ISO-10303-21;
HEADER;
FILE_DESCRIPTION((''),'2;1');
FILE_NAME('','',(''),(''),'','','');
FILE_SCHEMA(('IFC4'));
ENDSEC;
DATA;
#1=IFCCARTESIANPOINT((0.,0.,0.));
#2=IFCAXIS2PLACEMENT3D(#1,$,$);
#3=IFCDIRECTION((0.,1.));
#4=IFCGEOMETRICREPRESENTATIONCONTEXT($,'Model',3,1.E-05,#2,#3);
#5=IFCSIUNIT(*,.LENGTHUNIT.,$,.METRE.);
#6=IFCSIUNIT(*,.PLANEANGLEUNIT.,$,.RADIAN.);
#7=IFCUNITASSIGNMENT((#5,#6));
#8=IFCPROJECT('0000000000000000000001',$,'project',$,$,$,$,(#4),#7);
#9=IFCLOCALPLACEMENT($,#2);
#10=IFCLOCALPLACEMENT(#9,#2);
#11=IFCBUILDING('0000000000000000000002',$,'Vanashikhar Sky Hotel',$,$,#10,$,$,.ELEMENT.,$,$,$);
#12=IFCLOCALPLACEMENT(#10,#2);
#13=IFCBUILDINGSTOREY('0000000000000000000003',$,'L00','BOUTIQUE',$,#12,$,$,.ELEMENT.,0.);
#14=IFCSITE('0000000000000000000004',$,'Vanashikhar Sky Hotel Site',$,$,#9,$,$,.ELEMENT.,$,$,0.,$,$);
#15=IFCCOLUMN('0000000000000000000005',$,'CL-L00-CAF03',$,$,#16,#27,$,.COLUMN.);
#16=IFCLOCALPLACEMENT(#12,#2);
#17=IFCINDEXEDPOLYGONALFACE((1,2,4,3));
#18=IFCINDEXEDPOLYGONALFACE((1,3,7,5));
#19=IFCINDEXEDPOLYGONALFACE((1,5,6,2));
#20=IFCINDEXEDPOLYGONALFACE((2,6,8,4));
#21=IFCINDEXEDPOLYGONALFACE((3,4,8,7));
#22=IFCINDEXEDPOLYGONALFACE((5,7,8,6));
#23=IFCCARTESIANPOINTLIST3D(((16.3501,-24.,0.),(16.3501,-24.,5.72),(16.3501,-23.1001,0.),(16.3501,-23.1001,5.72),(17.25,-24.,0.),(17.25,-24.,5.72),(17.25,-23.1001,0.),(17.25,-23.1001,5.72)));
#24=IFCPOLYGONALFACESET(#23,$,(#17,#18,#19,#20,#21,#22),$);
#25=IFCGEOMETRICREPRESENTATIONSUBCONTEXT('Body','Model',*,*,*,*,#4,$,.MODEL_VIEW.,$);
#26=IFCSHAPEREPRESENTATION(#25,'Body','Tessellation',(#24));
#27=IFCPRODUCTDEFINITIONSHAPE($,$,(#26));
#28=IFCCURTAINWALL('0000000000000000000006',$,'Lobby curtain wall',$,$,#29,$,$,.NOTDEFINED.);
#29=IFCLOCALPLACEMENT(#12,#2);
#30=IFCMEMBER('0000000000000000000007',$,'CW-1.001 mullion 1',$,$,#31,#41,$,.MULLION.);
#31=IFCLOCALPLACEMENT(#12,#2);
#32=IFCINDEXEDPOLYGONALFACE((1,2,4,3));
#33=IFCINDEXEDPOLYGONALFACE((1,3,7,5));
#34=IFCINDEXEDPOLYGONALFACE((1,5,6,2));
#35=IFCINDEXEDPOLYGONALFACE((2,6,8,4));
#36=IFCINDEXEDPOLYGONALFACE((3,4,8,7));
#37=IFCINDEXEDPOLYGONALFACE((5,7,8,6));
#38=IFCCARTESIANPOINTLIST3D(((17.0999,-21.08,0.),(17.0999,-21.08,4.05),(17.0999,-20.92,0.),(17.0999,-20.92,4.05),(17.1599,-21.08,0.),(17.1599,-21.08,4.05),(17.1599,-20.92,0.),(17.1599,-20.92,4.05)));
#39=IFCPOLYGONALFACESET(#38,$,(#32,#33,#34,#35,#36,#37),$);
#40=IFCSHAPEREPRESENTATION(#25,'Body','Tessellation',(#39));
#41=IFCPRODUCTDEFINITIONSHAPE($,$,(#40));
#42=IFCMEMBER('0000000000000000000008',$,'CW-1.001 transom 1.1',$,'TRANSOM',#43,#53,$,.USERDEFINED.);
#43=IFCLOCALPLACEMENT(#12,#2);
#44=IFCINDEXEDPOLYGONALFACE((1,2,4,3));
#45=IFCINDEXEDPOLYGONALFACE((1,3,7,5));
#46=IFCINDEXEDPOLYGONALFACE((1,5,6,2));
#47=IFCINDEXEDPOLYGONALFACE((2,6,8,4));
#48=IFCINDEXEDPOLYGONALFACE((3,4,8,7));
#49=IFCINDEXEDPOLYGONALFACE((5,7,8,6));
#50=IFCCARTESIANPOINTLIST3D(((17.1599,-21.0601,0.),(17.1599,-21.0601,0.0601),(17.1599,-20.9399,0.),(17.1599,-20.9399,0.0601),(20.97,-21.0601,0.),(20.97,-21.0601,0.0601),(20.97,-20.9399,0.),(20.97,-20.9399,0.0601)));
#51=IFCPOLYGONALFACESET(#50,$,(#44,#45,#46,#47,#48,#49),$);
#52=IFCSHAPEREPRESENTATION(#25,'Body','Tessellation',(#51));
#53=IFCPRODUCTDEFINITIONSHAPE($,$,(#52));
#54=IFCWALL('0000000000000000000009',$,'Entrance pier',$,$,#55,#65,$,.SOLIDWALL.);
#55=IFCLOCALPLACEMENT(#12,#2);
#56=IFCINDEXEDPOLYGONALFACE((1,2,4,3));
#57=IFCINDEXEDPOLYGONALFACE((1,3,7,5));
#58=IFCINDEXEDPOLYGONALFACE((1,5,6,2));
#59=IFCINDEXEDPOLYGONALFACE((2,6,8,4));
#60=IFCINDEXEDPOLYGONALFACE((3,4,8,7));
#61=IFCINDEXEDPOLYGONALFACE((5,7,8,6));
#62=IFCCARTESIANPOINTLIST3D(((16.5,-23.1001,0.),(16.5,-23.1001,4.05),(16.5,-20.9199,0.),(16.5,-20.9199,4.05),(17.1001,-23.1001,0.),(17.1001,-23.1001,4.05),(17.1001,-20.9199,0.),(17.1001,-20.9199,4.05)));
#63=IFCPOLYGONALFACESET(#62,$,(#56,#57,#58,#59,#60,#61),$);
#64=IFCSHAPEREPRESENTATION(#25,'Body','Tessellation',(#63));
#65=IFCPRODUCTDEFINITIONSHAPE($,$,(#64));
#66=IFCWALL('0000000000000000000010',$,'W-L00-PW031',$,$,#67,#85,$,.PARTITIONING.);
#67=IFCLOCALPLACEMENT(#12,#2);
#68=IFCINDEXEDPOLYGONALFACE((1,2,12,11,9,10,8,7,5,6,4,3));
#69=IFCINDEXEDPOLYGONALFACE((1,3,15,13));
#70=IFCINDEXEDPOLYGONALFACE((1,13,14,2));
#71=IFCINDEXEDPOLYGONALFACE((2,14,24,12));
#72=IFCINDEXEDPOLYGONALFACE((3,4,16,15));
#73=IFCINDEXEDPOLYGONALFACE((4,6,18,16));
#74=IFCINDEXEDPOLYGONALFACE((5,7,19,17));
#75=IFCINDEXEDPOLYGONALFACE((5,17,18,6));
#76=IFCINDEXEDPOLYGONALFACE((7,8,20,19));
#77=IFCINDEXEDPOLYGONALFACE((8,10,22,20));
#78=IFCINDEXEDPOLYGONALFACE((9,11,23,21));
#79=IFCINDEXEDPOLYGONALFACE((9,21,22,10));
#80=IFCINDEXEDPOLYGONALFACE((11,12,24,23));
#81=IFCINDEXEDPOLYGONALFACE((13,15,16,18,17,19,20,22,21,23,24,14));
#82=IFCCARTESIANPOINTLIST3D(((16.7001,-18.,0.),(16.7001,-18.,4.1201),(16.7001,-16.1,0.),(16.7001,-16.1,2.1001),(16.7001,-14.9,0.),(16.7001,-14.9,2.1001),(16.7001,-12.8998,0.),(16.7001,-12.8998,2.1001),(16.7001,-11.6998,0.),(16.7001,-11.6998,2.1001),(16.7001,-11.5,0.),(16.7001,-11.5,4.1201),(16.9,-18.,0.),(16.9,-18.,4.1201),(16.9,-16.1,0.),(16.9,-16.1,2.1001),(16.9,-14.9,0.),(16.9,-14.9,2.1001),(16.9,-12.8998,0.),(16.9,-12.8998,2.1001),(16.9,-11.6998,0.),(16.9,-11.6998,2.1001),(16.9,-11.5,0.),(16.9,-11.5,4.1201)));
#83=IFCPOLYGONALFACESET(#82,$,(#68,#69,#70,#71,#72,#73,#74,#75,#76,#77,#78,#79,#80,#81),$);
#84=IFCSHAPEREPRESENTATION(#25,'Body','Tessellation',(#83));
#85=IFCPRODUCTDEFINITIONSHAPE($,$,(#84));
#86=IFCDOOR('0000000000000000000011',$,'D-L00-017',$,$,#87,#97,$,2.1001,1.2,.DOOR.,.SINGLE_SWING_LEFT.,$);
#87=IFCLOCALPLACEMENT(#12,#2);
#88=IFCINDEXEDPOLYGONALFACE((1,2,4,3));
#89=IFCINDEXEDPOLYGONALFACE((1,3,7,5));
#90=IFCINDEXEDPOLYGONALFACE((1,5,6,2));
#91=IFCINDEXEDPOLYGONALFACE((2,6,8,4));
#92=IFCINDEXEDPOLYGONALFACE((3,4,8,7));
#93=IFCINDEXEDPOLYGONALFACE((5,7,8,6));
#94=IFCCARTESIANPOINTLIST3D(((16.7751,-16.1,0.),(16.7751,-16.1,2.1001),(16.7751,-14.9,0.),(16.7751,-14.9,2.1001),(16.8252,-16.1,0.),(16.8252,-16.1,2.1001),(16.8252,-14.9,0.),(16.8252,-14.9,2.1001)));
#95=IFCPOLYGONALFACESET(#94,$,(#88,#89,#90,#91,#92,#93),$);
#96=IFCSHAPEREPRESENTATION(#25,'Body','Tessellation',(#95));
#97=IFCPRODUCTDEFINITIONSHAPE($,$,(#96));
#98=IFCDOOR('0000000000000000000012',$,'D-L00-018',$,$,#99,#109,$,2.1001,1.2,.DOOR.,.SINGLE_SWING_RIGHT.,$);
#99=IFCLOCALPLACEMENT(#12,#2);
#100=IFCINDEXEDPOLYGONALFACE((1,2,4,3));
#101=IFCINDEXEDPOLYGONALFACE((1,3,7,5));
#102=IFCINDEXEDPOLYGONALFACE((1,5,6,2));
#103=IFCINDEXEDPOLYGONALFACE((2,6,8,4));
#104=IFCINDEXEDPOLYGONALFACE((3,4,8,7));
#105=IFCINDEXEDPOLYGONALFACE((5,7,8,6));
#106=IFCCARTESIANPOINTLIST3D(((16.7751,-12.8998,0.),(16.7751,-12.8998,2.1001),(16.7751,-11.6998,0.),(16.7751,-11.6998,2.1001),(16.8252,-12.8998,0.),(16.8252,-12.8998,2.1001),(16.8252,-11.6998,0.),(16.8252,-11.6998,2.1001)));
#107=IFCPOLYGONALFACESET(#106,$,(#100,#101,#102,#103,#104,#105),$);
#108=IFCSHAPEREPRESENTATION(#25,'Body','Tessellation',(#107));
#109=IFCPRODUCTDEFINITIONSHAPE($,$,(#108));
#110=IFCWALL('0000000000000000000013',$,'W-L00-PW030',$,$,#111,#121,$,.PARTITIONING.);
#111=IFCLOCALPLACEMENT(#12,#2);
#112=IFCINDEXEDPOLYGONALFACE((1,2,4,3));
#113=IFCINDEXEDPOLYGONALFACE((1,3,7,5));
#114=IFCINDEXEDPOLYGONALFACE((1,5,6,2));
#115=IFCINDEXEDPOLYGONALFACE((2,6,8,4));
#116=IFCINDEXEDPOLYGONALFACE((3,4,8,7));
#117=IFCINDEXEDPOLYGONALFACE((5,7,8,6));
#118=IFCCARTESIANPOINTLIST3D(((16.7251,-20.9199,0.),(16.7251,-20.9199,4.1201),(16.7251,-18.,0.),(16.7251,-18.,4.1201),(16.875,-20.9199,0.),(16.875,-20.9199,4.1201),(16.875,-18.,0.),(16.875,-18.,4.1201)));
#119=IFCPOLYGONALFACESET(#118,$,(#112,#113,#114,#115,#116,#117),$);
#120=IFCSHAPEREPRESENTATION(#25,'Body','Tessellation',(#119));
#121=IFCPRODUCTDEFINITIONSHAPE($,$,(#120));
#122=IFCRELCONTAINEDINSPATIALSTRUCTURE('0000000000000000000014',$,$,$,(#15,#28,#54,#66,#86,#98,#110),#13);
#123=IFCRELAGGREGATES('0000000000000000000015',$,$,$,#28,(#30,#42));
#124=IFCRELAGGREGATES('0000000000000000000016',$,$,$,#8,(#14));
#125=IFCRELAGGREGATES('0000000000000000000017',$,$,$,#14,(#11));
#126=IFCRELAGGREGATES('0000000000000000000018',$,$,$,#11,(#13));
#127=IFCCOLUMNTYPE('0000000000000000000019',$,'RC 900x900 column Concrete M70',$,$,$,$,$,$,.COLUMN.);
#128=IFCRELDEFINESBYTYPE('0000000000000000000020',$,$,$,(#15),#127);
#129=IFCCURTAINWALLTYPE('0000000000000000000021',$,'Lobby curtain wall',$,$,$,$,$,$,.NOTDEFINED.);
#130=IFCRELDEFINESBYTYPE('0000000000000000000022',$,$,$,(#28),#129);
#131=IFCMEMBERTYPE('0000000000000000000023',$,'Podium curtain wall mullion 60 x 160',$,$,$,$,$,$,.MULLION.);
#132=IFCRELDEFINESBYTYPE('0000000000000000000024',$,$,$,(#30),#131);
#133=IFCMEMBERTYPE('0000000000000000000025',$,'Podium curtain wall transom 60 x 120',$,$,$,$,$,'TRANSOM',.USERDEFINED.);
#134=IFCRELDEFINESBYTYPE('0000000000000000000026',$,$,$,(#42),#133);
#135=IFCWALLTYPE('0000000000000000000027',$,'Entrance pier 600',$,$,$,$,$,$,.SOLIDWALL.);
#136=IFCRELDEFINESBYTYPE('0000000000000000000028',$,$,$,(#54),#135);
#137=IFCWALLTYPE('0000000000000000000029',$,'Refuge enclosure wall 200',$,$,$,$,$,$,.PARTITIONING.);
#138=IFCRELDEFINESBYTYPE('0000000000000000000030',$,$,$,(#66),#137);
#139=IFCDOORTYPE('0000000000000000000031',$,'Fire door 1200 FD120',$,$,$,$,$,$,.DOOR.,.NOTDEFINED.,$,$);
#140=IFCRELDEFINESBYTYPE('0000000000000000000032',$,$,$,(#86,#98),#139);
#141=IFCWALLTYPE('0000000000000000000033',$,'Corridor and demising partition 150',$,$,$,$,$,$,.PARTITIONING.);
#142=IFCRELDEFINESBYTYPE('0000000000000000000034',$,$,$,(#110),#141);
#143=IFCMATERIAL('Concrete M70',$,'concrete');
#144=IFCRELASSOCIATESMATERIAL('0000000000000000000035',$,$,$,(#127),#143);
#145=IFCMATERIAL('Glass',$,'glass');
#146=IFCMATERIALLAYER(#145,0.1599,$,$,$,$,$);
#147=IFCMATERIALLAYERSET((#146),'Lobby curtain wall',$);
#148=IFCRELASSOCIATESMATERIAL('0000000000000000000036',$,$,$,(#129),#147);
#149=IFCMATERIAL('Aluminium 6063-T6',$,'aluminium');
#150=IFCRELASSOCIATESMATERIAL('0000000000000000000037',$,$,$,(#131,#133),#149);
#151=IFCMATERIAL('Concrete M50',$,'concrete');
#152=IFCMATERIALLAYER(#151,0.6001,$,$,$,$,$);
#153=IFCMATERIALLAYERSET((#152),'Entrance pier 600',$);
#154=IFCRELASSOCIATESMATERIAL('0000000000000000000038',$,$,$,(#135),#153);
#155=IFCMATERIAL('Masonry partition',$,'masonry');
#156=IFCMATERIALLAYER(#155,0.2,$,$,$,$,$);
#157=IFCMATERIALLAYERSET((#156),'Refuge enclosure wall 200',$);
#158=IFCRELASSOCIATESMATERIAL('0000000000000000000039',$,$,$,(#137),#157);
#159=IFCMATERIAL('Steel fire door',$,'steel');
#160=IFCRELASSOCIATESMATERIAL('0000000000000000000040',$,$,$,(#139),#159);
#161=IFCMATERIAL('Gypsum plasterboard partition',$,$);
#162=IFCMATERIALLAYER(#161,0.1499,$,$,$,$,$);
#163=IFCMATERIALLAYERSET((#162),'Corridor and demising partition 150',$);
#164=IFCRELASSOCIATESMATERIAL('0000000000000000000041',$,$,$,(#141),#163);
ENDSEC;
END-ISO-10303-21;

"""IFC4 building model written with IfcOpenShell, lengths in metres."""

from ifc_helpers import new_model, si_unit, direction, frame, frame_2d, origin, origin_2d, place, context, subcontext, project, spatial, rectangle, extrude, source, transform, mapped, material, layer, layer_set, material_profile, profile_set, type_object, element, fill, aggregate, save


model = new_model("IFC4")

# Units and contexts
model_context = context("Model", 3, precision=1e-05, world=origin(), true_north=direction((0.0, 1.0)))
body_context = subcontext(model_context, "Body", "Model", "MODEL_VIEW")
ifc_project = project(units=[si_unit("LENGTHUNIT", "METRE"), si_unit("PLANEANGLEUNIT", "RADIAN")], contexts=[model_context])

# Site, building, storey
site_placement = place(None, origin())
site = spatial("IfcSite", under=ifc_project, at=site_placement, Name="Vanashikhar Sky Hotel Site", CompositionType="ELEMENT", RefElevation=0.0)
building_placement = place(site_placement, origin())
building = spatial("IfcBuilding", under=site, at=building_placement, Name="Vanashikhar Sky Hotel", CompositionType="ELEMENT")
storey_placement = place(building_placement, origin())
storey = spatial("IfcBuildingStorey", under=building, at=storey_placement, Name="L00", Description="BOUTIQUE", CompositionType="ELEMENT", Elevation=0.0)

# Column
ifc_material_1 = material(Name="Concrete M70", Category="concrete")
ifc_material_profile_1 = material_profile(ifc_material_1, rectangle(XDim=0.8999, YDim=0.8999, at=origin_2d()))
ifc_profile_set_1 = profile_set([ifc_material_profile_1], Name="RC 900x900 column Concrete M70")
column_type = type_object("IfcColumnType", Name="RC 900x900 column Concrete M70", PredefinedType="COLUMN", material=ifc_profile_set_1)
shared_shape_1 = source(origin(), body_context, "Body", "SweptSolid", [
    extrude(rectangle(XDim=0.8999, YDim=0.8999, at=origin_2d()), origin(), (0.0, 0.0, 1.0), 5.72),
])
column_placement = place(storey_placement, frame((16.8, -23.55, 0.0), z_axis=(0.0, 0.0, 1.0), x_axis=(1.0, 0.0, 0.0)))
element("IfcColumn", 1, at=column_placement, inside=storey, type_object=column_type, Name="CL-L00-CAF03", PredefinedType="COLUMN", context=body_context, shape_type="MappedRepresentation", body=[
    mapped(shared_shape_1, transform((0.0, 0.0, 0.0), scale=1.0)),
])

# Curtain wall, members
ifc_material_2 = material(Name="Glass", Category="glass")
ifc_layer_1 = layer(ifc_material_2, 0.1599)
ifc_layer_set_1 = layer_set([ifc_layer_1], Name="Lobby curtain wall")
curtain_wall_type = type_object("IfcCurtainWallType", Name="Lobby curtain wall", PredefinedType="NOTDEFINED", material=ifc_layer_set_1)
curtain_wall_placement = place(storey_placement, origin())
curtain_wall = element("IfcCurtainWall", 2, at=curtain_wall_placement, inside=storey, type_object=curtain_wall_type, Name="Lobby curtain wall", PredefinedType="NOTDEFINED")
ifc_material_3 = material(Name="Aluminium 6063-T6", Category="aluminium")
ifc_material_profile_2 = material_profile(ifc_material_3, rectangle(XDim=0.1599, YDim=0.0601, at=origin_2d()))
ifc_profile_set_2 = profile_set([ifc_material_profile_2], Name="Aluminium 6063-T6")
member_type_1 = type_object("IfcMemberType", Name="Podium curtain wall mullion 60 x 160", PredefinedType="MULLION", material=ifc_profile_set_2)
shared_shape_2 = source(origin(), body_context, "Body", "SweptSolid", [
    extrude(rectangle(XDim=0.1599, YDim=0.0601, at=origin_2d()), origin(), (0.0, 0.0, 1.0), 4.05),
])
member_1_placement = place(storey_placement, frame((17.1299, -21.0, 0.0), z_axis=(0.0, 0.0, 1.0), x_axis=(0.0, 1.0, 0.0)))
member_1 = element("IfcMember", 3, at=member_1_placement, type_object=member_type_1, Name="CW-1.001 mullion 1", PredefinedType="MULLION", context=body_context, shape_type="MappedRepresentation", body=[
    mapped(shared_shape_2, transform((0.0, 0.0, 0.0), scale=1.0)),
])
ifc_material_profile_3 = material_profile(ifc_material_3, rectangle(XDim=0.1201, YDim=0.0601, at=origin_2d()))
ifc_profile_set_3 = profile_set([ifc_material_profile_3], Name="Aluminium 6063-T6")
member_type_2 = type_object("IfcMemberType", Name="Podium curtain wall transom 60 x 120", ElementType="TRANSOM", PredefinedType="USERDEFINED", material=ifc_profile_set_3)
shared_shape_3 = source(origin(), body_context, "Body", "SweptSolid", [
    extrude(rectangle(XDim=0.1201, YDim=0.0601, at=origin_2d()), origin(), (0.0, 0.0, 1.0), 3.8101),
])
member_2_placement = place(storey_placement, frame((17.1599, -21.0, 0.03), z_axis=(1.0, 0.0, 0.0), x_axis=(0.0, 1.0, 0.0)))
member_2 = element("IfcMember", 4, at=member_2_placement, type_object=member_type_2, Name="CW-1.001 transom 1.1", ObjectType="TRANSOM", PredefinedType="USERDEFINED", context=body_context, shape_type="MappedRepresentation", body=[
    mapped(shared_shape_3, transform((0.0, 0.0, 0.0), scale=1.0)),
])
aggregate(curtain_wall, [member_1, member_2])

# Shared definitions
ifc_material_4 = material(Name="Concrete M50", Category="concrete")

# Wall
ifc_layer_2 = layer(ifc_material_4, 0.6001)
ifc_layer_set_2 = layer_set([ifc_layer_2], Name="Entrance pier 600")
wall_type_1 = type_object("IfcWallType", Name="Entrance pier 600", PredefinedType="SOLIDWALL", material=ifc_layer_set_2)
shared_shape_4 = source(origin(), body_context, "Body", "SweptSolid", [
    extrude(rectangle(XDim=2.1802, YDim=0.6001, at=frame_2d((1.0901, 0.0))), origin(), (0.0, 0.0, 1.0), 4.05),
])
wall_1_placement = place(storey_placement, frame((16.8, -23.1001, 0.0), z_axis=(0.0, 0.0, 1.0), x_axis=(0.0, 1.0, 0.0)))
element("IfcWall", 5, at=wall_1_placement, inside=storey, type_object=wall_type_1, Name="Entrance pier", PredefinedType="SOLIDWALL", context=body_context, shape_type="MappedRepresentation", body=[
    mapped(shared_shape_4, transform((0.0, 0.0, 0.0), scale=1.0)),
])

# Wall, openings, doors
ifc_material_5 = material(Name="Masonry partition", Category="masonry")
ifc_layer_3 = layer(ifc_material_5, 0.2)
ifc_layer_set_3 = layer_set([ifc_layer_3], Name="Refuge enclosure wall 200")
wall_type_2 = type_object("IfcWallType", Name="Refuge enclosure wall 200", PredefinedType="PARTITIONING", material=ifc_layer_set_3)
shared_shape_5 = source(origin(), body_context, "Body", "SweptSolid", [
    extrude(rectangle(XDim=6.5, YDim=0.2, at=frame_2d((3.25, 0.0))), origin(), (0.0, 0.0, 1.0), 4.1201),
])
wall_2_placement = place(storey_placement, frame((16.8, -18.0, 0.0), z_axis=(0.0, 0.0, 1.0), x_axis=(0.0, 1.0, 0.0)))
wall_2 = element("IfcWall", 6, at=wall_2_placement, inside=storey, type_object=wall_type_2, Name="W-L00-PW031", PredefinedType="PARTITIONING", context=body_context, shape_type="MappedRepresentation", body=[
    mapped(shared_shape_5, transform((0.0, 0.0, 0.0), scale=1.0)),
])
shared_shape_6 = source(origin(), body_context, "Body", "SweptSolid", [
    extrude(rectangle(XDim=1.2, YDim=2.1001, at=frame_2d((0.6001, 1.05))), frame((0.0, 0.1099, 0.0), z_axis=(0.0, -1.0, 0.0), x_axis=(1.0, 0.0, 0.0)), (0.0, 0.0, 1.0), 0.22),
])
opening_1_placement = place(wall_2_placement, frame((1.8999, 0.0, 0.0)))
opening_1 = element("IfcOpeningElement", 7, at=opening_1_placement, cuts=wall_2, PredefinedType="OPENING", context=body_context, shape_type="MappedRepresentation", body=[
    mapped(shared_shape_6, transform((0.0, 0.0, 0.0), scale=1.0)),
])
opening_2_placement = place(wall_2_placement, frame((5.1001, 0.0, 0.0)))
opening_2 = element("IfcOpeningElement", 8, at=opening_2_placement, cuts=wall_2, PredefinedType="OPENING", context=body_context, shape_type="MappedRepresentation", body=[
    mapped(shared_shape_6, transform((0.0, 0.0, 0.0), scale=1.0)),
])
ifc_material_6 = material(Name="Steel fire door", Category="steel")
door_type_1 = type_object("IfcDoorType", Name="Fire door 1200 FD120", OperationType="NOTDEFINED", PredefinedType="DOOR", material=ifc_material_6)
shared_shape_7 = source(origin(), body_context, "Body", "SweptSolid", [
    extrude(rectangle(XDim=1.2, YDim=2.1001, at=frame_2d((0.6001, 1.05))), frame((0.0, 0.0249, 0.0), z_axis=(0.0, -1.0, 0.0), x_axis=(1.0, 0.0, 0.0)), (0.0, 0.0, 1.0), 0.05),
])
door_1_placement = place(opening_1_placement, origin())
door_1 = element("IfcDoor", 9, at=door_1_placement, inside=storey, type_object=door_type_1, Name="D-L00-017", OperationType="SINGLE_SWING_LEFT", OverallHeight=2.1001, OverallWidth=1.2, PredefinedType="DOOR", context=body_context, shape_type="MappedRepresentation", body=[
    mapped(shared_shape_7, transform((0.0, 0.0, 0.0), scale=1.0)),
])
fill(opening_1, door_1)
door_2_placement = place(opening_2_placement, origin())
door_2 = element("IfcDoor", 10, at=door_2_placement, inside=storey, type_object=door_type_1, Name="D-L00-018", OperationType="SINGLE_SWING_RIGHT", OverallHeight=2.1001, OverallWidth=1.2, PredefinedType="DOOR", context=body_context, shape_type="MappedRepresentation", body=[
    mapped(shared_shape_7, transform((0.0, 0.0, 0.0), scale=1.0)),
])
fill(opening_2, door_2)

# Wall
ifc_material_7 = material(Name="Gypsum plasterboard partition")
ifc_layer_4 = layer(ifc_material_7, 0.1499)
ifc_layer_set_4 = layer_set([ifc_layer_4], Name="Corridor and demising partition 150")
wall_type_3 = type_object("IfcWallType", Name="Corridor and demising partition 150", PredefinedType="PARTITIONING", material=ifc_layer_set_4)
shared_shape_8 = source(origin(), body_context, "Body", "SweptSolid", [
    extrude(rectangle(XDim=2.9199, YDim=0.1499, at=frame_2d((1.46, 0.0))), origin(), (0.0, 0.0, 1.0), 4.1201),
])
wall_3_placement = place(storey_placement, frame((16.8, -20.9199, 0.0), z_axis=(0.0, 0.0, 1.0), x_axis=(0.0, 1.0, 0.0)))
element("IfcWall", 11, at=wall_3_placement, inside=storey, type_object=wall_type_3, Name="W-L00-PW030", PredefinedType="PARTITIONING", context=body_context, shape_type="MappedRepresentation", body=[
    mapped(shared_shape_8, transform((0.0, 0.0, 0.0), scale=1.0)),
])

save(model, "model.ifc")
